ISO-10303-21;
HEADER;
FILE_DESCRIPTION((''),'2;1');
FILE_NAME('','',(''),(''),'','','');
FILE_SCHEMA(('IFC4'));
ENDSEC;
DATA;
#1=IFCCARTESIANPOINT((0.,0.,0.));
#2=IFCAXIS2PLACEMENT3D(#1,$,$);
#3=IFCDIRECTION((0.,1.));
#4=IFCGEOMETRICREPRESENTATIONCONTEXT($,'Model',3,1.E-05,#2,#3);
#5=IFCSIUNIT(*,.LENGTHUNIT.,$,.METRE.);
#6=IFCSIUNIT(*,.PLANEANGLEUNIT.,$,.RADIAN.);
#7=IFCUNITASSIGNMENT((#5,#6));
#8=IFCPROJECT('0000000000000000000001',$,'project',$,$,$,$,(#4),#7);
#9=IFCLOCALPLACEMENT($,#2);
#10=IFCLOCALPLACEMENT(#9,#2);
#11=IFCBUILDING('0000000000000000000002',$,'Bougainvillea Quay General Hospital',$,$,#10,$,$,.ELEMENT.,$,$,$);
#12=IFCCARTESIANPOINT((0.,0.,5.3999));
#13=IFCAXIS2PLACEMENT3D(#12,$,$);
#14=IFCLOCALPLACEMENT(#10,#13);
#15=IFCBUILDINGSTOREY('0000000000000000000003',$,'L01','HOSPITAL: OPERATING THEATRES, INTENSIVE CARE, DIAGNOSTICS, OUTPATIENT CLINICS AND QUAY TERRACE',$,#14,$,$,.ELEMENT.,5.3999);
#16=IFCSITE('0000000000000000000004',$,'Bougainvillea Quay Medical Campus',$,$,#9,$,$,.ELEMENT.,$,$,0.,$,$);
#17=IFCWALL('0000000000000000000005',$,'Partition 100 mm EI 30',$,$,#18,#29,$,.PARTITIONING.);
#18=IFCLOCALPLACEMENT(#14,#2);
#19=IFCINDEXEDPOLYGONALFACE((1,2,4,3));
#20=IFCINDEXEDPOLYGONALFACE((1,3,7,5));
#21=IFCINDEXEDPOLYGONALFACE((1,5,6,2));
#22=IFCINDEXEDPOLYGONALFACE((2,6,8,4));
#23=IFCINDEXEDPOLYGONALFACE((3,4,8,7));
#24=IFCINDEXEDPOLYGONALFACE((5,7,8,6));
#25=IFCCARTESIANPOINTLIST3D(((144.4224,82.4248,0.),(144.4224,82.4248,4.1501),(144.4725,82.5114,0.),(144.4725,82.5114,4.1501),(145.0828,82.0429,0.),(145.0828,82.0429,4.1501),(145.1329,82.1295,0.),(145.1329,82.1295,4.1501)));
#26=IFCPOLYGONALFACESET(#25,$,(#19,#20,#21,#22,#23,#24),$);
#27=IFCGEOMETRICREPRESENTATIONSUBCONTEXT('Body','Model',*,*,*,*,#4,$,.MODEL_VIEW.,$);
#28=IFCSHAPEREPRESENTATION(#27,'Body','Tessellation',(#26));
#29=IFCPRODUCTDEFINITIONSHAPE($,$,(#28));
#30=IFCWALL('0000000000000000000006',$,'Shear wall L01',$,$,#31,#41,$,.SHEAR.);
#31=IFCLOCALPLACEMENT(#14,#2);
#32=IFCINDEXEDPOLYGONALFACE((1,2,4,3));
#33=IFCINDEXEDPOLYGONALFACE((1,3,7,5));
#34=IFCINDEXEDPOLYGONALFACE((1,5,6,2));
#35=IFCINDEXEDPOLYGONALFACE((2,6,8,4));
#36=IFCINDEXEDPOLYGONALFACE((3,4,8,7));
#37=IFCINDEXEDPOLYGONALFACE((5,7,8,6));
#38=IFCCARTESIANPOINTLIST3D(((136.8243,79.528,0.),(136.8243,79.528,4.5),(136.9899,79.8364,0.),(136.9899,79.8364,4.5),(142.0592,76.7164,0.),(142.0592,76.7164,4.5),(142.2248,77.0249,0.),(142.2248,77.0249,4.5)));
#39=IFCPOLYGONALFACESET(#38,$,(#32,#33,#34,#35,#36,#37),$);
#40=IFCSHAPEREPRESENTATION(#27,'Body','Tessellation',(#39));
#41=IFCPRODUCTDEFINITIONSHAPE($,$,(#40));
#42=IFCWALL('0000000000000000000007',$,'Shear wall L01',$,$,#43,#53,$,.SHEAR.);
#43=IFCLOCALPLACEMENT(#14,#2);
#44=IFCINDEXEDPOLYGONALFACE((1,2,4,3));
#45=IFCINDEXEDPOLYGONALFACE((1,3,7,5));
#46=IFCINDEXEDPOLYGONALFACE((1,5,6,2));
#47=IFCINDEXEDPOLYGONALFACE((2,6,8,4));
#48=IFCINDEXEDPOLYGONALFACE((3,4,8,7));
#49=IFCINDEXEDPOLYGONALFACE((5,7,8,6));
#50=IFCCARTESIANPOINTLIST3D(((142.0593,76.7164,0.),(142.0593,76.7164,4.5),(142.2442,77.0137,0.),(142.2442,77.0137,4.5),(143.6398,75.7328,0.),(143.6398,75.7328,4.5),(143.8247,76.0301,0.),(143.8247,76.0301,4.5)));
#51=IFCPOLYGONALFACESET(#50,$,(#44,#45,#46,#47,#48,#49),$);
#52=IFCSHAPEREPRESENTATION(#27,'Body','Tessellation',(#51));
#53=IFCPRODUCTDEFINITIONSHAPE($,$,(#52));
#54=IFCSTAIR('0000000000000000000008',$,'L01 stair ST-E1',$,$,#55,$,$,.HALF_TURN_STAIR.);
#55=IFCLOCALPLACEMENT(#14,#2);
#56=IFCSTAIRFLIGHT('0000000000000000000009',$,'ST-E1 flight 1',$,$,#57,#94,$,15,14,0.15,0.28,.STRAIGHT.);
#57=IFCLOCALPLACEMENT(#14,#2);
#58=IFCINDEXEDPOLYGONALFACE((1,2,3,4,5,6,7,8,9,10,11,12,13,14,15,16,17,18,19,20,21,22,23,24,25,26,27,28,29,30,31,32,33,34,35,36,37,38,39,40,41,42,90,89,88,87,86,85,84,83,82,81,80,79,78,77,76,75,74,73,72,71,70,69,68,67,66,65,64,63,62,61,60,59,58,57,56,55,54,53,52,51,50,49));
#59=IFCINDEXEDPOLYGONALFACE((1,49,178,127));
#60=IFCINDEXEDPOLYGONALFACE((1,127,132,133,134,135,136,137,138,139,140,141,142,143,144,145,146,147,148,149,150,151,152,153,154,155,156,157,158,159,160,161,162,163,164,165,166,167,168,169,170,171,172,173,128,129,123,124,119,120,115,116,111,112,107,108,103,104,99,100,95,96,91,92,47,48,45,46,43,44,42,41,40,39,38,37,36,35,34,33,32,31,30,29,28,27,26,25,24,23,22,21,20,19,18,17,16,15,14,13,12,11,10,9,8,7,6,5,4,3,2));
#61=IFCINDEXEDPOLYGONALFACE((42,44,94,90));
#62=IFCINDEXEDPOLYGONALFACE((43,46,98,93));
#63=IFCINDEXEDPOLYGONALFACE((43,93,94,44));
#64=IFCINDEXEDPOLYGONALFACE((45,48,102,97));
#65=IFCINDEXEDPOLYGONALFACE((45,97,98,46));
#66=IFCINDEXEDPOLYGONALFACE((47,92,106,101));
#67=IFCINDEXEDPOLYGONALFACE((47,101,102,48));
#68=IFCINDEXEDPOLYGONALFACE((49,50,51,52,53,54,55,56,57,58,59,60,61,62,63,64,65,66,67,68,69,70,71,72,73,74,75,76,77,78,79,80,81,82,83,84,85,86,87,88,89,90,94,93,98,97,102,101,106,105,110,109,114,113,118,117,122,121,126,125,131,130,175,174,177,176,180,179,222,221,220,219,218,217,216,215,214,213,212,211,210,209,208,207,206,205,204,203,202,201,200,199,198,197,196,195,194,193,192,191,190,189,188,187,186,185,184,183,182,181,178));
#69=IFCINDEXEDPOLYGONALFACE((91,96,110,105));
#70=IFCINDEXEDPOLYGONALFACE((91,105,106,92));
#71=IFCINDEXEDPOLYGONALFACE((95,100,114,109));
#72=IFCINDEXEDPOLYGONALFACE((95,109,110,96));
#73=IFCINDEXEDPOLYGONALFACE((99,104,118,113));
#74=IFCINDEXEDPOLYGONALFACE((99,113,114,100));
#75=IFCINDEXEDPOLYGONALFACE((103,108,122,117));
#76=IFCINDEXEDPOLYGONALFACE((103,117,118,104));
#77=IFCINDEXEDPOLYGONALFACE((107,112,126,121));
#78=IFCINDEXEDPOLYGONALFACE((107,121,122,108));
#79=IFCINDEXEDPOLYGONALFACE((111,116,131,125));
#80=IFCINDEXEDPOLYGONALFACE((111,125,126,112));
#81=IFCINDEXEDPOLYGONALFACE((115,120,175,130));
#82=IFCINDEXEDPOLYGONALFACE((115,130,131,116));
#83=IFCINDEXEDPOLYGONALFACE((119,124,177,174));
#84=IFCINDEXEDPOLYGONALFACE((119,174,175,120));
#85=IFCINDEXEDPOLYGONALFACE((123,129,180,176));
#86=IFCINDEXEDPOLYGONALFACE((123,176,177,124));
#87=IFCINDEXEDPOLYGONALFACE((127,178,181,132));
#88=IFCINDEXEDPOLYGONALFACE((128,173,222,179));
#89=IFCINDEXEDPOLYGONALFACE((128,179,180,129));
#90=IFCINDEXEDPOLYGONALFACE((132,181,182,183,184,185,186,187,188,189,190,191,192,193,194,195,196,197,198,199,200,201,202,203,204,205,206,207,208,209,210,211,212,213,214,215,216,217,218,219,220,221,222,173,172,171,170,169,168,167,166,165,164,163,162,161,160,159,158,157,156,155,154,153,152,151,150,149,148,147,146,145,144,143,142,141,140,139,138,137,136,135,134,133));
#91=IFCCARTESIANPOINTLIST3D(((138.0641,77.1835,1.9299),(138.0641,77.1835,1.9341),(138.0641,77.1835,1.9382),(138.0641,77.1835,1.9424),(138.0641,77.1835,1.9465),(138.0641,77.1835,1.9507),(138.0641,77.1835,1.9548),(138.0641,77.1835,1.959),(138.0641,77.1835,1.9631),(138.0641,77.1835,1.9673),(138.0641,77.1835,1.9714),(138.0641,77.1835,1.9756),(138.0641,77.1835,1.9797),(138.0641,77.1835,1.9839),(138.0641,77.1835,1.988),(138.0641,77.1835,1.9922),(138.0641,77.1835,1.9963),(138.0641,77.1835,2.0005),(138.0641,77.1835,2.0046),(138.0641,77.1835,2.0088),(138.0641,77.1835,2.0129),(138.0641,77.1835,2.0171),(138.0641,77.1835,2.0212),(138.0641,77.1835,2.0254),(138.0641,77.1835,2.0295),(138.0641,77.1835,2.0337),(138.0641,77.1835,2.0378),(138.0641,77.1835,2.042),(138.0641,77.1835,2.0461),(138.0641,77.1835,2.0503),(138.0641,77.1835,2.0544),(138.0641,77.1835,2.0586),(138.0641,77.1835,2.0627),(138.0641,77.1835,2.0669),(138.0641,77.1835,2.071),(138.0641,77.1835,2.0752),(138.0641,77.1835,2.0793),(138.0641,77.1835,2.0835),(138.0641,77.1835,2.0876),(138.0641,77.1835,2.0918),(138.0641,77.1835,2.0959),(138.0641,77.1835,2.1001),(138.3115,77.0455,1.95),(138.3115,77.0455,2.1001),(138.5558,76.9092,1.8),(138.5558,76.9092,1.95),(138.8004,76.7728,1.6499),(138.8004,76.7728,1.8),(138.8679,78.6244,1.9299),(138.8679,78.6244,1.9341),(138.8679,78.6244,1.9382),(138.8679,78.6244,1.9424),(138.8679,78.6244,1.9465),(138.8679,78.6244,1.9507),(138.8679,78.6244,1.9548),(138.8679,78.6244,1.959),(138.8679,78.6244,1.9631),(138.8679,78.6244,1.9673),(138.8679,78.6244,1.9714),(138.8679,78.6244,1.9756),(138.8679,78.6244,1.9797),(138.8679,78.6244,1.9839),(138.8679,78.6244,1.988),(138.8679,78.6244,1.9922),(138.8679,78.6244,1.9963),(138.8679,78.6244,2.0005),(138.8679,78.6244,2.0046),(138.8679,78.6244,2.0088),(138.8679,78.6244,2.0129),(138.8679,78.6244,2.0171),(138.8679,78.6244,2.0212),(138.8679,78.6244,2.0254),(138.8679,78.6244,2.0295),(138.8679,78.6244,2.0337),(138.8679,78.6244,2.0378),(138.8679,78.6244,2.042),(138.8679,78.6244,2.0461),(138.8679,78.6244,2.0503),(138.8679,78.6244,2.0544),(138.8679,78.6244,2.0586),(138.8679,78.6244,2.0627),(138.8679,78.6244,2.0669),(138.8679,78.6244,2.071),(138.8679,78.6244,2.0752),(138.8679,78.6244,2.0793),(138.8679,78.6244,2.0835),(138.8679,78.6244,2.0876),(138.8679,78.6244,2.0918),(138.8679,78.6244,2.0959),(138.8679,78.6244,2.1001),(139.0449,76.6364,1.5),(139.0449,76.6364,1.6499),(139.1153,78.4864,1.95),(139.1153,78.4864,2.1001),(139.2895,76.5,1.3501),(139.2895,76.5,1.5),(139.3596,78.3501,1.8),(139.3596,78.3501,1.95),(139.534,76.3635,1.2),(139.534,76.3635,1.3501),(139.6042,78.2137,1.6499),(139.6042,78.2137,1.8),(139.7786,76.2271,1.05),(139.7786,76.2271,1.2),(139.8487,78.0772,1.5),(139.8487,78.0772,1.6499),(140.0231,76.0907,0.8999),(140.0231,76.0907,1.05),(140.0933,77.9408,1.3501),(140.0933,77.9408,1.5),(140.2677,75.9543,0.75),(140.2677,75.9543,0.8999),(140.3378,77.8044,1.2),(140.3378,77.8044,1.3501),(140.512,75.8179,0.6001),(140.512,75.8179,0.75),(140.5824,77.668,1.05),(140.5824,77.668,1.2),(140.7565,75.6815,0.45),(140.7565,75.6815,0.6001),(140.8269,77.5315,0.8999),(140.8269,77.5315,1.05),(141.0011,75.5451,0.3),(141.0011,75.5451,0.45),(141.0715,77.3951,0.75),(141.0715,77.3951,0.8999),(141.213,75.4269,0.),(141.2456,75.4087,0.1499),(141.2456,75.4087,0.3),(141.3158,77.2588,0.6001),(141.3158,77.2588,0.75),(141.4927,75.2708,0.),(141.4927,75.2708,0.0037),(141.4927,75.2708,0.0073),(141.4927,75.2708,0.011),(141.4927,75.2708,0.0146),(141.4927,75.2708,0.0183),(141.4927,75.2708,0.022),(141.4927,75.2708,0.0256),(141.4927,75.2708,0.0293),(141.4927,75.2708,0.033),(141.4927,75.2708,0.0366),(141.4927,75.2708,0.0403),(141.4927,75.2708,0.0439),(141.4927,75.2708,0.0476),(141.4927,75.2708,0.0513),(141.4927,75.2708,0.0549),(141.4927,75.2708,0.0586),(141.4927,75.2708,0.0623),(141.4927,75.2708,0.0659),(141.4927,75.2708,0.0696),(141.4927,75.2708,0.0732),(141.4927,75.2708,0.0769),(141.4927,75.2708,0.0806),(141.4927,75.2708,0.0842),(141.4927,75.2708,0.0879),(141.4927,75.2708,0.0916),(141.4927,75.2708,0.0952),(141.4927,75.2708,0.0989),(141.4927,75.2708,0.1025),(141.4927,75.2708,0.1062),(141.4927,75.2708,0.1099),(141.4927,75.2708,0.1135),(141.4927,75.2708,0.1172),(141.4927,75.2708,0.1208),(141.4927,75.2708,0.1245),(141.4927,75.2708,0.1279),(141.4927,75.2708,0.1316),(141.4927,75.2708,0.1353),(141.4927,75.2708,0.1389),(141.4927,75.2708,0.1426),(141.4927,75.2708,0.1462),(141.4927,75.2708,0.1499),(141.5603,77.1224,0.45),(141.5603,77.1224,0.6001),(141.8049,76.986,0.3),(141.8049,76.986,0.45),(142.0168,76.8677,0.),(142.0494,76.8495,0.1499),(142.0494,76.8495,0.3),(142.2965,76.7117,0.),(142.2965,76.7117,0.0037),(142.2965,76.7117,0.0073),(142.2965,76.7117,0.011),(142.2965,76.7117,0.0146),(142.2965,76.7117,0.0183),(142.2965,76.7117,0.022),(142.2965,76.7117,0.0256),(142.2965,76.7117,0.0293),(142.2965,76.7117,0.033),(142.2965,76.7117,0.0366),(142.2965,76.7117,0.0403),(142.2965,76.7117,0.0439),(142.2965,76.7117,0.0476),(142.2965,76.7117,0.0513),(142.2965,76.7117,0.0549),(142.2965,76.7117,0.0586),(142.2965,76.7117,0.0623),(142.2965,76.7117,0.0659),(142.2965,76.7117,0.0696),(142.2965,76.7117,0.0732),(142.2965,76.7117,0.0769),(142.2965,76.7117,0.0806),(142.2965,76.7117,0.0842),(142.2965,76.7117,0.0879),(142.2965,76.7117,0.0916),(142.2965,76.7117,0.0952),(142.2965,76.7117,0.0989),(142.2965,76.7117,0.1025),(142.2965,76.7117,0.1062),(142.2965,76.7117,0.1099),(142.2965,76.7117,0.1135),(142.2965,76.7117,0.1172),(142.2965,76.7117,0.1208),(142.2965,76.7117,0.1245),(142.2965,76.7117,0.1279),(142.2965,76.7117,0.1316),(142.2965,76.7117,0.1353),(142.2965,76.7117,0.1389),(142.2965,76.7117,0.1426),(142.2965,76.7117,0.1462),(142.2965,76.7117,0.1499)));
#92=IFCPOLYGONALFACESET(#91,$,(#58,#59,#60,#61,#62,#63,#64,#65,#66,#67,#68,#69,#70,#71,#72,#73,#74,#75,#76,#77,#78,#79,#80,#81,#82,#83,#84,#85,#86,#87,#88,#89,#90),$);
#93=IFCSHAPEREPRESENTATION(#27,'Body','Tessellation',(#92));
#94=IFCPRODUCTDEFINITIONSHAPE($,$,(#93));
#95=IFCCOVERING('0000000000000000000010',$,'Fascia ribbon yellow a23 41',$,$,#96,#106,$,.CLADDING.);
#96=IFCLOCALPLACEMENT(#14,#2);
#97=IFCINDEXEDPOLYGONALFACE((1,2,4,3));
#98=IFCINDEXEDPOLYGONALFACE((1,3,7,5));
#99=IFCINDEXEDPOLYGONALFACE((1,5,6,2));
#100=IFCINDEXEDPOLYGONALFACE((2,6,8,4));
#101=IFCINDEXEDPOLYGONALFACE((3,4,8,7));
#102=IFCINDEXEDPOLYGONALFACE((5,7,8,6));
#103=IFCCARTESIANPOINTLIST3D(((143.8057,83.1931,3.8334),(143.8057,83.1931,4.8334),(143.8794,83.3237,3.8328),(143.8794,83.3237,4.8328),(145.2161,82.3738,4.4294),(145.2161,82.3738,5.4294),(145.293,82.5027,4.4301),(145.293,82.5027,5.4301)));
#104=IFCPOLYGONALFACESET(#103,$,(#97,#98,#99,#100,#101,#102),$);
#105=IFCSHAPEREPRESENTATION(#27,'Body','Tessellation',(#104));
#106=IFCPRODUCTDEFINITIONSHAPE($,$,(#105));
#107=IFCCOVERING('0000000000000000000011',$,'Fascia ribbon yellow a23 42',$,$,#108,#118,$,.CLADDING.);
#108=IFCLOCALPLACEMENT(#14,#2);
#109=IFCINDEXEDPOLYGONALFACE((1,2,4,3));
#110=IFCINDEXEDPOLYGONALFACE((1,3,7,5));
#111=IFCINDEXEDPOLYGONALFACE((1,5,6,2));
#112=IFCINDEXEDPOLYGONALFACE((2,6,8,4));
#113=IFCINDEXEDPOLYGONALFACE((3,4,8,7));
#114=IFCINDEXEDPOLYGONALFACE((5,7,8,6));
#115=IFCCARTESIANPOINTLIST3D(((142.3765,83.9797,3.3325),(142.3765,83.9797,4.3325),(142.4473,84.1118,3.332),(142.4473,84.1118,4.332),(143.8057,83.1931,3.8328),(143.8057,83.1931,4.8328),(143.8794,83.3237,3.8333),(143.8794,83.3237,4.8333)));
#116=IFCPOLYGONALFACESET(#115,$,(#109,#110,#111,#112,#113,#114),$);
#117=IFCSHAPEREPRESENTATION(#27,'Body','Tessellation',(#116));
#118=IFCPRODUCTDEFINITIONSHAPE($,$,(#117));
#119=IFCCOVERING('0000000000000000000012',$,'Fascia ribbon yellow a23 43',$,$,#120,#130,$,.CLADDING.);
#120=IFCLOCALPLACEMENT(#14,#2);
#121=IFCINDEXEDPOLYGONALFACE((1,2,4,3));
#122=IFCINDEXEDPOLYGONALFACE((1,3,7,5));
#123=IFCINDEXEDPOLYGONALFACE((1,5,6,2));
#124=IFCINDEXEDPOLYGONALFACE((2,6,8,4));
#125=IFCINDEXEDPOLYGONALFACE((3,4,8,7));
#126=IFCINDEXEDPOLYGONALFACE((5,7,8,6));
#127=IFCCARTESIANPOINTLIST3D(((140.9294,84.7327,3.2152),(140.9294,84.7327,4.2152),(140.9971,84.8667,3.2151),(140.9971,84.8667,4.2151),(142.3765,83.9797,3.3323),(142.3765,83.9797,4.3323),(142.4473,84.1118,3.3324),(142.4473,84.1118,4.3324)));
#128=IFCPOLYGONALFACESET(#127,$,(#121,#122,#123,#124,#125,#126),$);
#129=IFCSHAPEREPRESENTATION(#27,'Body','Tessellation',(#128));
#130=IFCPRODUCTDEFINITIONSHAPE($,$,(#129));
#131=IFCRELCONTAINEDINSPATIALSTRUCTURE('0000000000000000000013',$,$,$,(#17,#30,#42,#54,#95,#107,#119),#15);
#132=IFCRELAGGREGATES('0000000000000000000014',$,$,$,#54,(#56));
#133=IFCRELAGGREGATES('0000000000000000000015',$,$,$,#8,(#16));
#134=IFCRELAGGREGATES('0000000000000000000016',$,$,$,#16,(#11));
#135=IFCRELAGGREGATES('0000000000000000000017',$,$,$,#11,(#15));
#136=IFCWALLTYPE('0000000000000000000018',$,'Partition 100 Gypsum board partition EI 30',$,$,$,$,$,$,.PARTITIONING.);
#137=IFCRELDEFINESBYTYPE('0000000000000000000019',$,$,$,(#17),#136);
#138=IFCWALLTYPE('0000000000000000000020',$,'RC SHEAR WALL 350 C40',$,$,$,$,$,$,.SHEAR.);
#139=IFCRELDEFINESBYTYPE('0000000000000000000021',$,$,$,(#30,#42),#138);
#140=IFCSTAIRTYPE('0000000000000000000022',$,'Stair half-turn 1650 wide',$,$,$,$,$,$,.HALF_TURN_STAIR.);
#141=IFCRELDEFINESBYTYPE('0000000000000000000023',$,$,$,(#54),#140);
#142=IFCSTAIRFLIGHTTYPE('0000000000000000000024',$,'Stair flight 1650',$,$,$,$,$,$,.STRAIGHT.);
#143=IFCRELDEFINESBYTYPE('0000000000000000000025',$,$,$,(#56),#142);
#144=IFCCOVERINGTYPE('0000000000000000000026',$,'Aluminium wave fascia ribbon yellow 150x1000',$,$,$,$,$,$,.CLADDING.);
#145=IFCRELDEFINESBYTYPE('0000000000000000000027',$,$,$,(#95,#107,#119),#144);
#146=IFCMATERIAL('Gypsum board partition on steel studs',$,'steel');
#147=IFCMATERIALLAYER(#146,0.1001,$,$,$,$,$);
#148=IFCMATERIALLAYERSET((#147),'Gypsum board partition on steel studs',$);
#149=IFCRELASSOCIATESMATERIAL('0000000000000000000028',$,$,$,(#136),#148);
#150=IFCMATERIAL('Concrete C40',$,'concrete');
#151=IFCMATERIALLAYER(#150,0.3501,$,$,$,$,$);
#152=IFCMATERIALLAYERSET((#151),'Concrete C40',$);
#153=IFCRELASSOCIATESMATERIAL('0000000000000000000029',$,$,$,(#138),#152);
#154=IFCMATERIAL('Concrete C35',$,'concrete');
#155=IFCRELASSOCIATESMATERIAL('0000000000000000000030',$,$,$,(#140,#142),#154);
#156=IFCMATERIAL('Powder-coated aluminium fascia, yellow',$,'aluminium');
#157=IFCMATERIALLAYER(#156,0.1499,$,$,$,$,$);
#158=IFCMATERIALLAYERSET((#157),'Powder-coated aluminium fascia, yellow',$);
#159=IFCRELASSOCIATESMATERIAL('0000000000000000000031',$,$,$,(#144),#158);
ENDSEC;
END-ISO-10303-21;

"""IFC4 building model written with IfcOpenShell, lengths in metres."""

from ifc_helpers import new_model, si_unit, direction, frame, frame_2d, origin, place, context, subcontext, project, spatial, polyline, rectangle, outline, extrude, material, layer, layer_set, type_object, element, aggregate, save


model = new_model("IFC4")

# Units and contexts
model_context = context("Model", 3, precision=1e-05, world=origin(), true_north=direction((0.0, 1.0)))
body_context = subcontext(model_context, "Body", "Model", "MODEL_VIEW")
ifc_project = project(units=[si_unit("LENGTHUNIT", "METRE"), si_unit("PLANEANGLEUNIT", "RADIAN")], contexts=[model_context])

# Site, building, storey
site_placement = place(None, origin())
site = spatial("IfcSite", under=ifc_project, at=site_placement, Name="Bougainvillea Quay Medical Campus", CompositionType="ELEMENT", RefElevation=0.0)
building_placement = place(site_placement, origin())
building = spatial("IfcBuilding", under=site, at=building_placement, Name="Bougainvillea Quay General Hospital", CompositionType="ELEMENT")
storey_placement = place(building_placement, frame((0.0, 0.0, 5.3999)))
storey = spatial("IfcBuildingStorey", under=building, at=storey_placement, Name="L01", Description="HOSPITAL: OPERATING THEATRES, INTENSIVE CARE, DIAGNOSTICS, OUTPATIENT CLINICS AND QUAY TERRACE", CompositionType="ELEMENT", Elevation=5.3999)

# Walls
ifc_material_1 = material(Name="Gypsum board partition on steel studs", Category="steel")
ifc_layer_1 = layer(ifc_material_1, 0.1001)
ifc_layer_set_1 = layer_set([ifc_layer_1], Name="Gypsum board partition on steel studs")
wall_type_1 = type_object("IfcWallType", Name="Partition 100 Gypsum board partition EI 30", PredefinedType="PARTITIONING", material=ifc_layer_set_1)
wall_1_placement = place(storey_placement, frame((144.4475, 82.468, 0.0), z_axis=(0.0, 0.0, 1.0), x_axis=(0.865711, -0.500544, 0.0)))
element("IfcWall", 1, at=wall_1_placement, inside=storey, type_object=wall_type_1, Name="Partition 100 mm EI 30", PredefinedType="PARTITIONING", context=body_context, shape_type="SweptSolid", body=[
    extrude(rectangle(XDim=0.7629, YDim=0.1001, at=frame_2d((0.3813, 0.0))), origin(), (0.0, 0.0, 1.0), 4.1501),
])
ifc_material_2 = material(Name="Concrete C40", Category="concrete")
ifc_layer_2 = layer(ifc_material_2, 0.3501)
ifc_layer_set_2 = layer_set([ifc_layer_2], Name="Concrete C40")
wall_type_2 = type_object("IfcWallType", Name="RC SHEAR WALL 350 C40", PredefinedType="SHEAR", material=ifc_layer_set_2)
wall_2_placement = place(storey_placement, frame((142.1421, 76.8706, 0.0), z_axis=(0.0, 0.0, 1.0), x_axis=(-0.88098, 0.473154, 0.0)))
element("IfcWall", 2, at=wall_2_placement, inside=storey, type_object=wall_type_2, Name="Shear wall L01", PredefinedType="SHEAR", context=body_context, shape_type="SweptSolid", body=[
    extrude(rectangle(XDim=5.9421, YDim=0.3501, at=frame_2d((2.9712, 0.0))), origin(), (0.0, 0.0, 1.0), 4.5),
])
wall_3_placement = place(storey_placement, frame((142.1519, 76.865, 0.0), z_axis=(0.0, 0.0, 1.0), x_axis=(0.849013, -0.528371, 0.0)))
element("IfcWall", 3, at=wall_3_placement, inside=storey, type_object=wall_type_2, Name="Shear wall L01", PredefinedType="SHEAR", context=body_context, shape_type="SweptSolid", body=[
    extrude(rectangle(XDim=1.8616, YDim=0.3501, at=frame_2d((0.9307, 0.0))), origin(), (0.0, 0.0, 1.0), 4.5),
])

# Stair, stair flight
ifc_material_3 = material(Name="Concrete C35", Category="concrete")
stair_type = type_object("IfcStairType", Name="Stair half-turn 1650 wide", PredefinedType="HALF_TURN_STAIR", material=ifc_material_3)
stair_placement = place(storey_placement, origin())
stair = element("IfcStair", 4, at=stair_placement, inside=storey, type_object=stair_type, Name="L01 stair ST-E1", PredefinedType="HALF_TURN_STAIR")
stair_flight_type = type_object("IfcStairFlightType", Name="Stair flight 1650", PredefinedType="STRAIGHT", material=ifc_material_3)
stair_flight_placement = place(storey_placement, frame((141.8921, 75.9927, 0.0), z_axis=(0.0, 0.0, 1.0), x_axis=(-0.873301, 0.487181, 0.0)))
stair_flight = element("IfcStairFlight", 5, at=stair_flight_placement, type_object=stair_flight_type, Name="ST-E1 flight 1", NumberOfRisers=15, NumberOfTreads=14, PredefinedType="STRAIGHT", RiserHeight=0.15, TreadLength=0.28, context=body_context, shape_type="SweptSolid", body=[
    extrude(outline(polyline([(-0.0029, 0.0), (-0.0029, 0.0037), (-0.0029, 0.0073), (-0.0029, 0.011), (-0.0029, 0.0146), (-0.0029, 0.0183), (-0.0029, 0.022), (-0.0029, 0.0256), (-0.0029, 0.0293), (-0.0029, 0.033), (-0.0029, 0.0366), (-0.0029, 0.0403), (-0.0029, 0.0439), (-0.0029, 0.0476), (-0.0029, 0.0513), (-0.0029, 0.0549), (-0.0029, 0.0586), (-0.0029, 0.0623), (-0.0029, 0.0659), (-0.0029, 0.0696), (-0.0029, 0.0732), (-0.0029, 0.0769), (-0.0029, 0.0806), (-0.0029, 0.0842), (-0.0029, 0.0879), (-0.0029, 0.0916), (-0.0029, 0.0952), (-0.0029, 0.0989), (-0.0029, 0.1025), (-0.0029, 0.1062), (-0.0029, 0.1099), (-0.0029, 0.1135), (-0.0029, 0.1172), (-0.0029, 0.1208), (-0.0029, 0.1245), (-0.0029, 0.1279), (-0.0029, 0.1316), (-0.0029, 0.1353), (-0.0029, 0.1389), (-0.0029, 0.1426), (-0.0029, 0.1462), (-0.0029, 0.1499), (0.28, 0.1499), (0.28, 0.3), (0.5601, 0.3), (0.5601, 0.45), (0.8401, 0.45), (0.8401, 0.6001), (1.1201, 0.6001), (1.1201, 0.75), (1.3999, 0.75), (1.3999, 0.8999), (1.6799, 0.8999), (1.6799, 1.05), (1.96, 1.05), (1.96, 1.2), (2.24, 1.2), (2.24, 1.3501), (2.52, 1.3501), (2.52, 1.5), (2.8, 1.5), (2.8, 1.6499), (3.0801, 1.6499), (3.0801, 1.8), (3.3601, 1.8), (3.3601, 1.95), (3.6399, 1.95), (3.6399, 2.1001), (3.9231, 2.1001), (3.9231, 2.0959), (3.9231, 2.0918), (3.9231, 2.0876), (3.9231, 2.0835), (3.9231, 2.0793), (3.9231, 2.0752), (3.9231, 2.071), (3.9231, 2.0669), (3.9231, 2.0627), (3.9231, 2.0586), (3.9231, 2.0544), (3.9231, 2.0503), (3.9231, 2.0461), (3.9231, 2.042), (3.9231, 2.0378), (3.9231, 2.0337), (3.9231, 2.0295), (3.9231, 2.0254), (3.9231, 2.0212), (3.9231, 2.0171), (3.9231, 2.0129), (3.9231, 2.0088), (3.9231, 2.0046), (3.9231, 2.0005), (3.9231, 1.9963), (3.9231, 1.9922), (3.9231, 1.988), (3.9231, 1.9839), (3.9231, 1.9797), (3.9231, 1.9756), (3.9231, 1.9714), (3.9231, 1.9673), (3.9231, 1.9631), (3.9231, 1.959), (3.9231, 1.9548), (3.9231, 1.9507), (3.9231, 1.9465), (3.9231, 1.9424), (3.9231, 1.9382), (3.9231, 1.9341), (3.9231, 1.9299), (0.3174, 0.0), (-0.0029, 0.0)])), frame((0.0, 0.825, 0.0), z_axis=(0.0, -1.0, 0.0), x_axis=(1.0, 0.0, 0.0)), (0.0, 0.0, 1.0), 1.6499),
])
aggregate(stair, [stair_flight])

# Coverings
ifc_material_4 = material(Name="Powder-coated aluminium fascia, yellow", Category="aluminium")
ifc_layer_3 = layer(ifc_material_4, 0.1499)
ifc_layer_set_3 = layer_set([ifc_layer_3], Name="Powder-coated aluminium fascia, yellow")
covering_type = type_object("IfcCoveringType", Name="Aluminium wave fascia ribbon yellow 150x1000", PredefinedType="CLADDING", material=ifc_layer_set_3)
covering_1_placement = place(storey_placement, frame((145.2161, 82.3738, 4.4294), z_axis=(-0.296833, 0.172292, 0.939258), x_axis=(-0.812162, 0.471804, -0.343212)))
element("IfcCovering", 6, at=covering_1_placement, inside=storey, type_object=covering_type, Name="Fascia ribbon yellow a23 41", PredefinedType="CLADDING", context=body_context, shape_type="SweptSolid", body=[
    extrude(outline(polyline([(0.0, 0.0), (1.7366, 0.0), (1.7386, -0.15), (-0.0019, -0.1501), (0.0, 0.0)])), origin(), (-0.343212, -0.000119, 0.939258), 1.0),
])
covering_2_placement = place(storey_placement, frame((143.8057, 83.1931, 3.8328), z_axis=(-0.256851, 0.141316, 0.956064), x_axis=(-0.837579, 0.460998, -0.293159)))
element("IfcCovering", 7, at=covering_2_placement, inside=storey, type_object=covering_type, Name="Fascia ribbon yellow a23 42", PredefinedType="CLADDING", context=body_context, shape_type="SweptSolid", body=[
    extrude(outline(polyline([(0.0, 0.0), (1.7063, 0.0), (1.7081, -0.1499), (-0.0017, -0.15), (0.0, 0.0)])), origin(), (-0.293159, -0.000045, 0.956064), 1.0),
])
covering_3_placement = place(storey_placement, frame((142.3765, 83.9797, 3.3323), z_axis=(-0.063499, 0.033031, 0.997435), x_axis=(-0.884821, 0.4604, -0.071576)))
element("IfcCovering", 8, at=covering_3_placement, inside=storey, type_object=covering_type, Name="Fascia ribbon yellow a23 43", PredefinedType="CLADDING", context=body_context, shape_type="SweptSolid", body=[
    extrude(outline(polyline([(0.0, 0.0), (1.6354, 0.0), (1.6373, -0.1501), (-0.0018, -0.1498), (0.0, 0.0)])), origin(), (-0.071576, -0.000008, 0.997435), 1.0),
])

save(model, "model.ifc")
